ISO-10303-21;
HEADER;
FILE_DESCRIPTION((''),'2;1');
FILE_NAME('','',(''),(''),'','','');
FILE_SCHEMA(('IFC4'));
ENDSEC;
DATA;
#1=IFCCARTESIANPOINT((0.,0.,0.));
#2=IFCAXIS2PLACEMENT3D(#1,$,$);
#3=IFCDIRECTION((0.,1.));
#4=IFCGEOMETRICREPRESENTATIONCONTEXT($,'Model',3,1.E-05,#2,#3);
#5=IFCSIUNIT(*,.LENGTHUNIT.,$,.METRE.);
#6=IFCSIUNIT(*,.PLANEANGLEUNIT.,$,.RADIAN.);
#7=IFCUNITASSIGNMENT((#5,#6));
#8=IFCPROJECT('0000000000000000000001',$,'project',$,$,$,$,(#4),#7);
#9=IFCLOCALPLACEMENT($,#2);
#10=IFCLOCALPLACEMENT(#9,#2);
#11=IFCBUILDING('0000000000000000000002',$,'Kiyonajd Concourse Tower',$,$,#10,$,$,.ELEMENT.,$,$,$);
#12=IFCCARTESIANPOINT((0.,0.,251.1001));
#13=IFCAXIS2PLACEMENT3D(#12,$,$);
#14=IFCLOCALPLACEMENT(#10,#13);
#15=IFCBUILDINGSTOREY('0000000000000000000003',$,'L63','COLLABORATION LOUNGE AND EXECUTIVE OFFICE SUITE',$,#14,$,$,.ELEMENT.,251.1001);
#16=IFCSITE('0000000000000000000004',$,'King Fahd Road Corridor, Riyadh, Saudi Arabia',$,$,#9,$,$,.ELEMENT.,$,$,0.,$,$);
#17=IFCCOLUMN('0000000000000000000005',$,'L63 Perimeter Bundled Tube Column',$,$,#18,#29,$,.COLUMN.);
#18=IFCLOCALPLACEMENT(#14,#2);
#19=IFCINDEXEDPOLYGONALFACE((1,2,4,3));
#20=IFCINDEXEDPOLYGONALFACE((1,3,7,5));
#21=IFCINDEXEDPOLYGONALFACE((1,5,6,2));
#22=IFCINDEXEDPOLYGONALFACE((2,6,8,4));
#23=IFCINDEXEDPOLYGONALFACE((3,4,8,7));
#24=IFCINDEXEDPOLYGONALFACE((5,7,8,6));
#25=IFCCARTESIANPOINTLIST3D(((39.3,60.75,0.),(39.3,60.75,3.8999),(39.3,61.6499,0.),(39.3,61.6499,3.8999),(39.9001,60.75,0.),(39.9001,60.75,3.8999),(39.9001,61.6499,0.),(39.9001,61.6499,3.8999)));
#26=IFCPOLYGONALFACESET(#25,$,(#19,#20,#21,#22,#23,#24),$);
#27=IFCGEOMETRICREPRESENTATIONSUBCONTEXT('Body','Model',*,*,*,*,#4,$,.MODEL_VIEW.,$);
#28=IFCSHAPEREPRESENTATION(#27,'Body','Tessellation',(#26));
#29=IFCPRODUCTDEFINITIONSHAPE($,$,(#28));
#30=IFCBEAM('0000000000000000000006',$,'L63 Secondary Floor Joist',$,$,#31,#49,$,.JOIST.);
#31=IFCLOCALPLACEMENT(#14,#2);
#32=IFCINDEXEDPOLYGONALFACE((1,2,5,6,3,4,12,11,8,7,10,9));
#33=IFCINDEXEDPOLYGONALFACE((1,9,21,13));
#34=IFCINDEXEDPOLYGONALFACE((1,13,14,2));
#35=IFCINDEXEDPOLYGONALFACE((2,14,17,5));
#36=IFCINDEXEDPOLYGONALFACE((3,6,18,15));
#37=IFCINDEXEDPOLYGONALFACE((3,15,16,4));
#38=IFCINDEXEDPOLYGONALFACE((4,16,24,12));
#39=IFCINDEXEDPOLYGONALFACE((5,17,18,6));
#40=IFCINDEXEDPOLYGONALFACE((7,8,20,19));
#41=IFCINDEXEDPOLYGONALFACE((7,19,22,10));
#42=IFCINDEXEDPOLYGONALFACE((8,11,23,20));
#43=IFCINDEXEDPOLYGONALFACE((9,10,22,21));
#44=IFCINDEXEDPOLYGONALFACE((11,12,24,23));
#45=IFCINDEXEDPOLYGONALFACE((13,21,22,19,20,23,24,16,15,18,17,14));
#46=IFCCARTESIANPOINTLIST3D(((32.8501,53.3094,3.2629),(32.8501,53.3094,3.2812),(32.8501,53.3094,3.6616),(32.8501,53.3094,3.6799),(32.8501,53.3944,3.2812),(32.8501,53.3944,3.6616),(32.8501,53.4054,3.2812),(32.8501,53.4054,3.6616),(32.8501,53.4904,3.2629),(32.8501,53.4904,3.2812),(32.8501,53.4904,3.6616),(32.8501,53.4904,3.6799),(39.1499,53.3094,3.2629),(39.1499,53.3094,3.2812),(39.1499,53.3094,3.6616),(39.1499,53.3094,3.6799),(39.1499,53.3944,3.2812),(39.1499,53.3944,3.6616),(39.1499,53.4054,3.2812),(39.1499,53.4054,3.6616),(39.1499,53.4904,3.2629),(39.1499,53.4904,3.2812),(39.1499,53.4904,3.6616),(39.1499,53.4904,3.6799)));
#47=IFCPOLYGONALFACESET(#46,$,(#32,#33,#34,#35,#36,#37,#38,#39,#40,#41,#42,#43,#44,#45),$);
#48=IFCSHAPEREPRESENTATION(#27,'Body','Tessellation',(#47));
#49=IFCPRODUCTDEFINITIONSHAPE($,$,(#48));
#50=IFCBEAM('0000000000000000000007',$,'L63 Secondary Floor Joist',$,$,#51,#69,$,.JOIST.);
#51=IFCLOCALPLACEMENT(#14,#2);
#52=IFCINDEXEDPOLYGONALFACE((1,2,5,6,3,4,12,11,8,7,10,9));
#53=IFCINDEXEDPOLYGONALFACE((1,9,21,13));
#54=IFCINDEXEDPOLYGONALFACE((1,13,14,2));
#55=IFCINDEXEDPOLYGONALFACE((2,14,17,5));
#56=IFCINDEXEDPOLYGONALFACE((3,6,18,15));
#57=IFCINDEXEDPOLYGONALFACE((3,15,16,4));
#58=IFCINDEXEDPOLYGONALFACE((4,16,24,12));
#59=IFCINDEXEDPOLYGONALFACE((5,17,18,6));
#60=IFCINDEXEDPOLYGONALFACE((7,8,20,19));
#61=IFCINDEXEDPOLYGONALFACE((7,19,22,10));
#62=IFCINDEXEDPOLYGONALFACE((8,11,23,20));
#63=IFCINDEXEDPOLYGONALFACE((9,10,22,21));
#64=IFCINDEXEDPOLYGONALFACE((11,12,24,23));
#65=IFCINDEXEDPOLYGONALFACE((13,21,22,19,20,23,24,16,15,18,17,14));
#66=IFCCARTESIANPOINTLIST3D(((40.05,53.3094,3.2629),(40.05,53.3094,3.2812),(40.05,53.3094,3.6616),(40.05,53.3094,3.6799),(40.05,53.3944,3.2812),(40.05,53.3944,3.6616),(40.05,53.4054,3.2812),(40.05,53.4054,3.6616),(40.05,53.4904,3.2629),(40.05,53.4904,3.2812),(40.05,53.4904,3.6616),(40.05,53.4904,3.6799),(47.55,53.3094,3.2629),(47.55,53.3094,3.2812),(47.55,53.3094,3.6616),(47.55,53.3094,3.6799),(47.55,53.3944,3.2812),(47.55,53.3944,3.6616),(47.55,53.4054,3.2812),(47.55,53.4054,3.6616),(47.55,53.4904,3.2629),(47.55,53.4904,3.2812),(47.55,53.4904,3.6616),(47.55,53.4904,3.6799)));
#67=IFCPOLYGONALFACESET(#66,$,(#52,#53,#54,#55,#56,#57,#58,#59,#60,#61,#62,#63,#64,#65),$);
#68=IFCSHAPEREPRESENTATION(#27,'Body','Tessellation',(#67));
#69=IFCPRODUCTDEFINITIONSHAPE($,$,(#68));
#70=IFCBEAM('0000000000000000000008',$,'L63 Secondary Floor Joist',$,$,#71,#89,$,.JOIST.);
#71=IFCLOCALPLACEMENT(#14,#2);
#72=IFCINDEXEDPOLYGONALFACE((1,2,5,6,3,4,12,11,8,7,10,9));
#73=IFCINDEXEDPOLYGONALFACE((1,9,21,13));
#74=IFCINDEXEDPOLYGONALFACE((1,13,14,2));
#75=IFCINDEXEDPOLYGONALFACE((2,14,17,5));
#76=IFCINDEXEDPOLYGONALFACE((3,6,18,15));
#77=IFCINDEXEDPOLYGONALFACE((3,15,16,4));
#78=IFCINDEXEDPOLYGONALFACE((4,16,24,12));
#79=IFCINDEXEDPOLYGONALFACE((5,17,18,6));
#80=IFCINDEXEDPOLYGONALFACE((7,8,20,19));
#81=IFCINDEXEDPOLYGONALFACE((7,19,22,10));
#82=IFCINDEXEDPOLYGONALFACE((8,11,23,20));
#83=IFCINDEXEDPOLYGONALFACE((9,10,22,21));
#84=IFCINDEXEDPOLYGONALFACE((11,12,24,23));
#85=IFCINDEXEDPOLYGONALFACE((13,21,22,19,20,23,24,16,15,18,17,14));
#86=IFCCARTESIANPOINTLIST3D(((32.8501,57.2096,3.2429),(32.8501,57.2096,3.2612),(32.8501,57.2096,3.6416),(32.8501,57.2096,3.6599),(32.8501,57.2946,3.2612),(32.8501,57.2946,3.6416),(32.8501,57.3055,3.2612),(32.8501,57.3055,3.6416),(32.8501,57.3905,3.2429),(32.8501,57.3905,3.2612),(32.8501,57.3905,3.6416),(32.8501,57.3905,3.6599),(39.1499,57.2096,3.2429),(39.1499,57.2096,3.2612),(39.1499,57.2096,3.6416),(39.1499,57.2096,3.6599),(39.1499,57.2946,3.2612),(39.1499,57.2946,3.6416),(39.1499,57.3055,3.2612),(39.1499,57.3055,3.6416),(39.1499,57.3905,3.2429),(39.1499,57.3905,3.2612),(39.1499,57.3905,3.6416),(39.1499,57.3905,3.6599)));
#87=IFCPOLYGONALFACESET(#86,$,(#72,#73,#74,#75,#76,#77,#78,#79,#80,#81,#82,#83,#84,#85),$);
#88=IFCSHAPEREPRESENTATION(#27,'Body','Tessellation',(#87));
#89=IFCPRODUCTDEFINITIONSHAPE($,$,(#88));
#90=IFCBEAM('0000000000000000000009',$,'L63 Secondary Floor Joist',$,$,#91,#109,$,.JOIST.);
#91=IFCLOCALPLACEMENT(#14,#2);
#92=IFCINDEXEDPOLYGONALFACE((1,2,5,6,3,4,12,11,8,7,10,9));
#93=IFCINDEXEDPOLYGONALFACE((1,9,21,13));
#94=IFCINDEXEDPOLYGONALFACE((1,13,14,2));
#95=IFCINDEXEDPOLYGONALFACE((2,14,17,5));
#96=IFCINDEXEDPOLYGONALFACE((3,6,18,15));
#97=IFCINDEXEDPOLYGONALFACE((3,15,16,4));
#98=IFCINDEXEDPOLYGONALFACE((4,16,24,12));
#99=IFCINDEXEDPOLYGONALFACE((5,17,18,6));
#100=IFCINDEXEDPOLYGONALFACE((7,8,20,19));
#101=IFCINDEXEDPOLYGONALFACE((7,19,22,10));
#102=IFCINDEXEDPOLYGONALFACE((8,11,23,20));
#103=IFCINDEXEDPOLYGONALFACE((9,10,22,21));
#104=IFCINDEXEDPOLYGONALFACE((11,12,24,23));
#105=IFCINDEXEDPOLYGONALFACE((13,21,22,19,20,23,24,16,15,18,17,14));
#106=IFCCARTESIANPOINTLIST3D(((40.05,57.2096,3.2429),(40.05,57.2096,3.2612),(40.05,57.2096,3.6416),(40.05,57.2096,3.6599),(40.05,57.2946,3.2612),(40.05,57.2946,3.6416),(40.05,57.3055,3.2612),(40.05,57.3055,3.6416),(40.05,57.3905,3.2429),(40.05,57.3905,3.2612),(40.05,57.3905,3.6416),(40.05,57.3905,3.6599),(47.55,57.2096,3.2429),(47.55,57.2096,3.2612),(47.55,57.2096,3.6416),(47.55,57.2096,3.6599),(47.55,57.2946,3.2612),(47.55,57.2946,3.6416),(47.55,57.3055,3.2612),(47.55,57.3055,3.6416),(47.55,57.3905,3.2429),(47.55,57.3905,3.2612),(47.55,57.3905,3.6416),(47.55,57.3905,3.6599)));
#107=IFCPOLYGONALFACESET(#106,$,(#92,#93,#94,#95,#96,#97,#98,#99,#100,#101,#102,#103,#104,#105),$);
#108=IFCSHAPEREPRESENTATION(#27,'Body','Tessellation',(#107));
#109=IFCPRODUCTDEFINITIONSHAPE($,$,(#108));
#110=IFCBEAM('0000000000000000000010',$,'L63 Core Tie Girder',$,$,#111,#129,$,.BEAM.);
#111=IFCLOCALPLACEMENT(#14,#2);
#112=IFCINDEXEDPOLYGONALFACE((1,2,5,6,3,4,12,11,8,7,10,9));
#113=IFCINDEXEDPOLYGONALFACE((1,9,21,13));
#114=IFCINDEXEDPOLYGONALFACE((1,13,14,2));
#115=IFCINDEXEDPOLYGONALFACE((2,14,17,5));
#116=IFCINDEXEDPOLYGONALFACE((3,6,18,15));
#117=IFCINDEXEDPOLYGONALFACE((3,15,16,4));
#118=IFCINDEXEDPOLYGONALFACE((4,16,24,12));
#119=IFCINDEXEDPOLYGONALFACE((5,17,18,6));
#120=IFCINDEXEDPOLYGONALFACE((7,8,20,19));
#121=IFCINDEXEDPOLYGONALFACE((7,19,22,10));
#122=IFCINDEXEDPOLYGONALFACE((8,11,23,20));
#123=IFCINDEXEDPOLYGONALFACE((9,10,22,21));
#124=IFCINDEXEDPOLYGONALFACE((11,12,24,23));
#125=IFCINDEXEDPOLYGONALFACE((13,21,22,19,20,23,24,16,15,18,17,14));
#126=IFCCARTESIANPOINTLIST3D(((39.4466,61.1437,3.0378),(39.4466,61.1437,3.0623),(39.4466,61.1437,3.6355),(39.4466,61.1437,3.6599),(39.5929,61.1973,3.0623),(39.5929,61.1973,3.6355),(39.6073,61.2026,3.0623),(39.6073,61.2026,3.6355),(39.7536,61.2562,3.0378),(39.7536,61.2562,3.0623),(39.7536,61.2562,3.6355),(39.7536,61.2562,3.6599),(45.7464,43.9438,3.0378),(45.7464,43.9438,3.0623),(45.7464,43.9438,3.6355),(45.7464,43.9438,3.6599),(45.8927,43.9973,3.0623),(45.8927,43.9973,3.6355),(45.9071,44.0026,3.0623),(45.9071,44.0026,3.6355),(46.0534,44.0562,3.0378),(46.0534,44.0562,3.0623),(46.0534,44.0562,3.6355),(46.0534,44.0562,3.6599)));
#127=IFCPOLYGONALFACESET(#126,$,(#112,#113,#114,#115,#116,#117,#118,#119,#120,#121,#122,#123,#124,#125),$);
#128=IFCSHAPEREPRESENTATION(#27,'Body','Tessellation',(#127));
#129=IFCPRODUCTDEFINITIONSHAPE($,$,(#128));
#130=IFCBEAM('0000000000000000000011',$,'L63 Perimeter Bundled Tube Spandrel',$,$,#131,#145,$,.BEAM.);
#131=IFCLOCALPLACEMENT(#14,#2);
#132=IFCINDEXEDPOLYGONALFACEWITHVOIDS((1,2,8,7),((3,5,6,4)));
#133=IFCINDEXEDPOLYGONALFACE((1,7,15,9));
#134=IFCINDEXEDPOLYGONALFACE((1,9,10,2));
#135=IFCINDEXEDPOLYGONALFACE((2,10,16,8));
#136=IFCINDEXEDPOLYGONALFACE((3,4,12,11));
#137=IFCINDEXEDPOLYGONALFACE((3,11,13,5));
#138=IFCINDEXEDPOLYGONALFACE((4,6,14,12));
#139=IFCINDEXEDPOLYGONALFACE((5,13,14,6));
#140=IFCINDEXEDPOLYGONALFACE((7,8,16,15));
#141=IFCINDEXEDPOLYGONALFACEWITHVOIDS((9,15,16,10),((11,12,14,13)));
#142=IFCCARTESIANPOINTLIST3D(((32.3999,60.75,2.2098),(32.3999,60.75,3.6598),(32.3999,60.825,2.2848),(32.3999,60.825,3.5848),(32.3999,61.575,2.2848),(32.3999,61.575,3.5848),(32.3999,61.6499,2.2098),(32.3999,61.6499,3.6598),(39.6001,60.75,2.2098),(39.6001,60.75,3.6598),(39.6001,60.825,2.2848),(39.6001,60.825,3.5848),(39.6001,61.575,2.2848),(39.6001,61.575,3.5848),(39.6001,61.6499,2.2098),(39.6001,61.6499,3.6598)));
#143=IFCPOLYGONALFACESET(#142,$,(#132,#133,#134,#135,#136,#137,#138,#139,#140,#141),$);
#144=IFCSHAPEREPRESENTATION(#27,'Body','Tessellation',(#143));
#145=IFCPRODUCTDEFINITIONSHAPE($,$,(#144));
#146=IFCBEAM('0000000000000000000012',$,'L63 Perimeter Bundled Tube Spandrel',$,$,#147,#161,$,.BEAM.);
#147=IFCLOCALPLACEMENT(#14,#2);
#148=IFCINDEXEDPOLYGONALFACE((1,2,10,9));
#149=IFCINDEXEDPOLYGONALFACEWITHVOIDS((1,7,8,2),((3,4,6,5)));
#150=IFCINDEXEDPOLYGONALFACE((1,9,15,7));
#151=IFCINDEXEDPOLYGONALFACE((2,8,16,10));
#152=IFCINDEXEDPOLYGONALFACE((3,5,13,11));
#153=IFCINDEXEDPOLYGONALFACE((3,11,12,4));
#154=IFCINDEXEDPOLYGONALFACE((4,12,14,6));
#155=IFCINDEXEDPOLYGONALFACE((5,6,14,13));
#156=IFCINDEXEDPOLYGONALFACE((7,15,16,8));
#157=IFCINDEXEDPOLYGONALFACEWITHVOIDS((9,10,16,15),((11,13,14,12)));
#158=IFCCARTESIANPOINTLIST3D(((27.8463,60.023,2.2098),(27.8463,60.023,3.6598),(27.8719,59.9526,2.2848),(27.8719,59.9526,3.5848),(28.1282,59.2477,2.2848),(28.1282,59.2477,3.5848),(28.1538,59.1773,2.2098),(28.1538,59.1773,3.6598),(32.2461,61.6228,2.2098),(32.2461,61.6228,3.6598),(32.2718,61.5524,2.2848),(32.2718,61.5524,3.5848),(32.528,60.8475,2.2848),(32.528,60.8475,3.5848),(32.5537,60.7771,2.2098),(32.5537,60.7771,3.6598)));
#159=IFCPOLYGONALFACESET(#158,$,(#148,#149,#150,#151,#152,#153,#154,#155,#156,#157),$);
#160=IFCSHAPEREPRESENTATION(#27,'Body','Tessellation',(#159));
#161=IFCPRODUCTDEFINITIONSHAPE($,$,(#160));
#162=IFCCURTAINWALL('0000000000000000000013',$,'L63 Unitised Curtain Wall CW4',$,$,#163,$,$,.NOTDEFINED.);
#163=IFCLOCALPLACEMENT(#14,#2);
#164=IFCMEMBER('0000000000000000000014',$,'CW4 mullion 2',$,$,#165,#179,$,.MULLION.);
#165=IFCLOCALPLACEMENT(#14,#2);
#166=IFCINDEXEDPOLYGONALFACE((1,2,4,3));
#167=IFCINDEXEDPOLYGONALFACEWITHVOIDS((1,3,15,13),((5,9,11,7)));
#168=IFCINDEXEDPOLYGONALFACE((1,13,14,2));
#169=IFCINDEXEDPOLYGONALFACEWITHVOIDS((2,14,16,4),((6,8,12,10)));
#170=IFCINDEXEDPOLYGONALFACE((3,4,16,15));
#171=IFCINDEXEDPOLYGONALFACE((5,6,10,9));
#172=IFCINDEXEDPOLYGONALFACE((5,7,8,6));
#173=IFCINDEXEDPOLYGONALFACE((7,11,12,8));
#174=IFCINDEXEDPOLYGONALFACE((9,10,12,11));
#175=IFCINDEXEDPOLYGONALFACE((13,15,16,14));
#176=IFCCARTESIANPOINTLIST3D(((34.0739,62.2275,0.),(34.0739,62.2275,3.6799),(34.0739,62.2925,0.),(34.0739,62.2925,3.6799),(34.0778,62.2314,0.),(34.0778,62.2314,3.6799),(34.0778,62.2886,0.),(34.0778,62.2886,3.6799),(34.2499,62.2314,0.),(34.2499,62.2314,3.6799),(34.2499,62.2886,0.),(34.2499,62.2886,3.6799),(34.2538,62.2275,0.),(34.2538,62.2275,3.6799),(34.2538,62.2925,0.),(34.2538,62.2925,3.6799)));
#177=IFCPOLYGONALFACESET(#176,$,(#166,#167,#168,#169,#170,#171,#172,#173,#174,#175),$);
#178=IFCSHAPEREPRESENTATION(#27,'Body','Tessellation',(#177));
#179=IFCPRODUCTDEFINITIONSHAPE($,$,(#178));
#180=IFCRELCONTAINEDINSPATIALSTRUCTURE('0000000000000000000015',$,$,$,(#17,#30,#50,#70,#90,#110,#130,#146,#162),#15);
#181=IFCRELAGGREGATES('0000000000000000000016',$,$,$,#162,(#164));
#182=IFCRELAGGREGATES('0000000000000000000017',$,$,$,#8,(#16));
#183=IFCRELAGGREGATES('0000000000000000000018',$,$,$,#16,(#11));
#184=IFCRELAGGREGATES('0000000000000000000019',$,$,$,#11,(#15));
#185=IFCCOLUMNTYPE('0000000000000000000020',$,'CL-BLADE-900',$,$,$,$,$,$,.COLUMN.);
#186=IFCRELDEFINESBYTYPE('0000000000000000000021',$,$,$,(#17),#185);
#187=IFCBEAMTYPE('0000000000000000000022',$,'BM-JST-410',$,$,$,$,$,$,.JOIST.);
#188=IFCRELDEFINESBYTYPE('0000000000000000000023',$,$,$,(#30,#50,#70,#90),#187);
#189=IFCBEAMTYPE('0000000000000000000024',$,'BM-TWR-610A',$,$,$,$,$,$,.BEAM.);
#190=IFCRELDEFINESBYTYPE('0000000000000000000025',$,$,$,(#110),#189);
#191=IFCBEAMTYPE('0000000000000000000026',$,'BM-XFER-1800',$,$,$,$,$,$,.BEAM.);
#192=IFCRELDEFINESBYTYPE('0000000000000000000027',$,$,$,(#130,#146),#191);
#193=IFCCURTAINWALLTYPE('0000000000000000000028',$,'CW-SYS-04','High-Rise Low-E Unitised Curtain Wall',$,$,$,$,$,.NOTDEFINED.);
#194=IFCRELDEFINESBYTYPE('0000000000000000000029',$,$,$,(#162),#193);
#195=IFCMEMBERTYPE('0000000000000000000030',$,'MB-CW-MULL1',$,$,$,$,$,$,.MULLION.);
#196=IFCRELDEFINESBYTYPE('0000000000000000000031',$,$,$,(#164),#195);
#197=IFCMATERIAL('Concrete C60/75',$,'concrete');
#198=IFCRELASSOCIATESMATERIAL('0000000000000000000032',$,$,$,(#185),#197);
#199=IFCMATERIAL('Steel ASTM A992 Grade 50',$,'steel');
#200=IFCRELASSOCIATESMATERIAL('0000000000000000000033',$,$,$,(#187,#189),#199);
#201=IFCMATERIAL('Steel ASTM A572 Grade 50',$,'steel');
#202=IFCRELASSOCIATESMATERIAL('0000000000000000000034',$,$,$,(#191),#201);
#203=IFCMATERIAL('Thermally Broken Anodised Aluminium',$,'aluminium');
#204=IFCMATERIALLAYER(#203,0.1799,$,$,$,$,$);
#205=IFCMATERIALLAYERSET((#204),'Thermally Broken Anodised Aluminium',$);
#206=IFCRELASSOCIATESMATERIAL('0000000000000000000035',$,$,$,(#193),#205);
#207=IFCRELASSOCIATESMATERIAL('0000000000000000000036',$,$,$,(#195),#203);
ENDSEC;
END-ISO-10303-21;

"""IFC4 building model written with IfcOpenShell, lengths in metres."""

from ifc_helpers import new_model, si_unit, direction, frame, origin, origin_2d, place, context, subcontext, project, spatial, rectangle, hollow_rectangle, i_section, extrude, material, layer, layer_set, material_profile, profile_set, type_object, element, aggregate, save


model = new_model("IFC4")

# Units and contexts
model_context = context("Model", 3, precision=1e-05, world=origin(), true_north=direction((0.0, 1.0)))
body_context = subcontext(model_context, "Body", "Model", "MODEL_VIEW")
ifc_project = project(units=[si_unit("LENGTHUNIT", "METRE"), si_unit("PLANEANGLEUNIT", "RADIAN")], contexts=[model_context])

# Site, building, storey
site_placement = place(None, origin())
site = spatial("IfcSite", under=ifc_project, at=site_placement, Name="King Fahd Road Corridor, Riyadh, Saudi Arabia", CompositionType="ELEMENT", RefElevation=0.0)
building_placement = place(site_placement, origin())
building = spatial("IfcBuilding", under=site, at=building_placement, Name="Kiyonajd Concourse Tower", CompositionType="ELEMENT")
storey_placement = place(building_placement, frame((0.0, 0.0, 251.1001)))
storey = spatial("IfcBuildingStorey", under=building, at=storey_placement, Name="L63", Description="COLLABORATION LOUNGE AND EXECUTIVE OFFICE SUITE", CompositionType="ELEMENT", Elevation=251.1001)

# Column
ifc_material_1 = material(Name="Concrete C60/75", Category="concrete")
ifc_material_profile_1 = material_profile(ifc_material_1, rectangle(XDim=0.6001, YDim=0.8999, at=origin_2d()), Name="RC-900x600")
ifc_profile_set_1 = profile_set([ifc_material_profile_1], Name="Concrete C60/75")
column_type = type_object("IfcColumnType", Name="CL-BLADE-900", PredefinedType="COLUMN", material=ifc_profile_set_1)
column_placement = place(storey_placement, frame((39.6001, 61.2, 0.0), z_axis=(0.0, 0.0, 1.0), x_axis=(1.0, 0.0, 0.0)))
element("IfcColumn", 1, at=column_placement, inside=storey, type_object=column_type, Name="L63 Perimeter Bundled Tube Column", PredefinedType="COLUMN", context=body_context, shape_type="SweptSolid", body=[
    extrude(rectangle(XDim=0.6001, YDim=0.8999, at=origin_2d()), origin(), (0.0, 0.0, 1.0), 3.8999),
])

# Beams
ifc_material_2 = material(Name="Steel ASTM A992 Grade 50", Category="steel")
ifc_material_profile_2 = material_profile(ifc_material_2, i_section(OverallWidth=0.1809, OverallDepth=0.417, WebThickness=0.011, FlangeThickness=0.0183, at=origin_2d()), Name="W410X85")
ifc_profile_set_2 = profile_set([ifc_material_profile_2], Name="Steel ASTM A992 Grade 50")
beam_type_1 = type_object("IfcBeamType", Name="BM-JST-410", PredefinedType="JOIST", material=ifc_profile_set_2)
beam_1_placement = place(storey_placement, frame((32.8501, 53.3999, 3.4714), z_axis=(1.0, 0.0, 0.0), x_axis=(0.0, 1.0, 0.0)))
element("IfcBeam", 2, at=beam_1_placement, inside=storey, type_object=beam_type_1, Name="L63 Secondary Floor Joist", PredefinedType="JOIST", context=body_context, shape_type="SweptSolid", body=[
    extrude(i_section(OverallWidth=0.1809, OverallDepth=0.417, WebThickness=0.011, FlangeThickness=0.0183, at=origin_2d()), origin(), (0.0, 0.0, 1.0), 6.2998),
])
beam_2_placement = place(storey_placement, frame((40.05, 53.3999, 3.4714), z_axis=(1.0, 0.0, 0.0), x_axis=(0.0, 1.0, 0.0)))
element("IfcBeam", 3, at=beam_2_placement, inside=storey, type_object=beam_type_1, Name="L63 Secondary Floor Joist", PredefinedType="JOIST", context=body_context, shape_type="SweptSolid", body=[
    extrude(i_section(OverallWidth=0.1809, OverallDepth=0.417, WebThickness=0.011, FlangeThickness=0.0183, at=origin_2d()), origin(), (0.0, 0.0, 1.0), 7.5),
])
beam_3_placement = place(storey_placement, frame((32.8501, 57.3, 3.4514), z_axis=(1.0, 0.0, 0.0), x_axis=(0.0, 1.0, 0.0)))
element("IfcBeam", 4, at=beam_3_placement, inside=storey, type_object=beam_type_1, Name="L63 Secondary Floor Joist", PredefinedType="JOIST", context=body_context, shape_type="SweptSolid", body=[
    extrude(i_section(OverallWidth=0.1809, OverallDepth=0.417, WebThickness=0.011, FlangeThickness=0.0183, at=origin_2d()), origin(), (0.0, 0.0, 1.0), 6.2998),
])
beam_4_placement = place(storey_placement, frame((40.05, 57.3, 3.4514), z_axis=(1.0, 0.0, 0.0), x_axis=(0.0, 1.0, 0.0)))
element("IfcBeam", 5, at=beam_4_placement, inside=storey, type_object=beam_type_1, Name="L63 Secondary Floor Joist", PredefinedType="JOIST", context=body_context, shape_type="SweptSolid", body=[
    extrude(i_section(OverallWidth=0.1809, OverallDepth=0.417, WebThickness=0.011, FlangeThickness=0.0183, at=origin_2d()), origin(), (0.0, 0.0, 1.0), 7.5),
])
ifc_material_profile_3 = material_profile(ifc_material_2, i_section(OverallWidth=0.3269, OverallDepth=0.6221, WebThickness=0.0154, FlangeThickness=0.0244, at=origin_2d()), Name="W610X195")
ifc_profile_set_3 = profile_set([ifc_material_profile_3], Name="Steel ASTM A992 Grade 50")
beam_type_2 = type_object("IfcBeamType", Name="BM-TWR-610A", PredefinedType="BEAM", material=ifc_profile_set_3)
beam_5_placement = place(storey_placement, frame((39.6001, 61.2, 3.3489), z_axis=(0.343925, -0.938997, 0.0), x_axis=(0.938997, 0.343925, 0.0)))
element("IfcBeam", 6, at=beam_5_placement, inside=storey, type_object=beam_type_2, Name="L63 Core Tie Girder", PredefinedType="BEAM", context=body_context, shape_type="SweptSolid", body=[
    extrude(i_section(OverallWidth=0.3269, OverallDepth=0.6221, WebThickness=0.0154, FlangeThickness=0.0244, at=origin_2d()), origin(), (0.0, 0.0, 1.0), 18.3174),
])
ifc_material_3 = material(Name="Steel ASTM A572 Grade 50", Category="steel")
ifc_material_profile_4 = material_profile(ifc_material_3, hollow_rectangle(XDim=0.8999, YDim=1.45, WallThickness=0.075, at=origin_2d()), Name="BOX-1450x900x75")
ifc_profile_set_4 = profile_set([ifc_material_profile_4], Name="Steel ASTM A572 Grade 50")
beam_type_3 = type_object("IfcBeamType", Name="BM-XFER-1800", PredefinedType="BEAM", material=ifc_profile_set_4)
beam_6_placement = place(storey_placement, frame((39.6001, 61.2, 2.9348), z_axis=(-1.0, 0.0, 0.0), x_axis=(0.0, -1.0, 0.0)))
element("IfcBeam", 7, at=beam_6_placement, inside=storey, type_object=beam_type_3, Name="L63 Perimeter Bundled Tube Spandrel", PredefinedType="BEAM", context=body_context, shape_type="SweptSolid", body=[
    extrude(hollow_rectangle(XDim=0.8999, YDim=1.45, WallThickness=0.075, at=origin_2d()), origin(), (0.0, 0.0, 1.0), 7.2002),
])
beam_7_placement = place(storey_placement, frame((32.3999, 61.2, 2.9348), z_axis=(-0.939801, -0.341722, 0.0), x_axis=(0.341722, -0.939801, 0.0)))
element("IfcBeam", 8, at=beam_7_placement, inside=storey, type_object=beam_type_3, Name="L63 Perimeter Bundled Tube Spandrel", PredefinedType="BEAM", context=body_context, shape_type="SweptSolid", body=[
    extrude(hollow_rectangle(XDim=0.8999, YDim=1.45, WallThickness=0.075, at=origin_2d()), origin(), (0.0, 0.0, 1.0), 4.6816),
])

# Curtain wall, member
ifc_material_4 = material(Name="Thermally Broken Anodised Aluminium", Category="aluminium")
ifc_layer_1 = layer(ifc_material_4, 0.1799)
ifc_layer_set_1 = layer_set([ifc_layer_1], Name="Thermally Broken Anodised Aluminium")
curtain_wall_type = type_object("IfcCurtainWallType", Name="CW-SYS-04", Description="High-Rise Low-E Unitised Curtain Wall", PredefinedType="NOTDEFINED", material=ifc_layer_set_1)
curtain_wall_placement = place(storey_placement, origin())
curtain_wall = element("IfcCurtainWall", 9, at=curtain_wall_placement, inside=storey, type_object=curtain_wall_type, Name="L63 Unitised Curtain Wall CW4", PredefinedType="NOTDEFINED")
ifc_material_profile_5 = material_profile(ifc_material_4, hollow_rectangle(XDim=0.0649, YDim=0.1799, WallThickness=0.0039, at=origin_2d()), Name="MULL-65x180")
ifc_profile_set_5 = profile_set([ifc_material_profile_5], Name="Thermally Broken Anodised Aluminium")
member_type_1 = type_object("IfcMemberType", Name="MB-CW-MULL1", PredefinedType="MULLION", material=ifc_profile_set_5)
member_1_placement = place(storey_placement, frame((34.1638, 62.26, 0.0), z_axis=(0.0, 0.0, 1.0), x_axis=(0.0, 1.0, 0.0)))
member_1 = element("IfcMember", 10, at=member_1_placement, type_object=member_type_1, Name="CW4 mullion 2", PredefinedType="MULLION", context=body_context, shape_type="SweptSolid", body=[
    extrude(hollow_rectangle(XDim=0.0649, YDim=0.1799, WallThickness=0.0039, at=origin_2d()), origin(), (0.0, 0.0, 1.0), 3.6799),
])

aggregate(curtain_wall, [member_1])

save(model, "model.ifc")
